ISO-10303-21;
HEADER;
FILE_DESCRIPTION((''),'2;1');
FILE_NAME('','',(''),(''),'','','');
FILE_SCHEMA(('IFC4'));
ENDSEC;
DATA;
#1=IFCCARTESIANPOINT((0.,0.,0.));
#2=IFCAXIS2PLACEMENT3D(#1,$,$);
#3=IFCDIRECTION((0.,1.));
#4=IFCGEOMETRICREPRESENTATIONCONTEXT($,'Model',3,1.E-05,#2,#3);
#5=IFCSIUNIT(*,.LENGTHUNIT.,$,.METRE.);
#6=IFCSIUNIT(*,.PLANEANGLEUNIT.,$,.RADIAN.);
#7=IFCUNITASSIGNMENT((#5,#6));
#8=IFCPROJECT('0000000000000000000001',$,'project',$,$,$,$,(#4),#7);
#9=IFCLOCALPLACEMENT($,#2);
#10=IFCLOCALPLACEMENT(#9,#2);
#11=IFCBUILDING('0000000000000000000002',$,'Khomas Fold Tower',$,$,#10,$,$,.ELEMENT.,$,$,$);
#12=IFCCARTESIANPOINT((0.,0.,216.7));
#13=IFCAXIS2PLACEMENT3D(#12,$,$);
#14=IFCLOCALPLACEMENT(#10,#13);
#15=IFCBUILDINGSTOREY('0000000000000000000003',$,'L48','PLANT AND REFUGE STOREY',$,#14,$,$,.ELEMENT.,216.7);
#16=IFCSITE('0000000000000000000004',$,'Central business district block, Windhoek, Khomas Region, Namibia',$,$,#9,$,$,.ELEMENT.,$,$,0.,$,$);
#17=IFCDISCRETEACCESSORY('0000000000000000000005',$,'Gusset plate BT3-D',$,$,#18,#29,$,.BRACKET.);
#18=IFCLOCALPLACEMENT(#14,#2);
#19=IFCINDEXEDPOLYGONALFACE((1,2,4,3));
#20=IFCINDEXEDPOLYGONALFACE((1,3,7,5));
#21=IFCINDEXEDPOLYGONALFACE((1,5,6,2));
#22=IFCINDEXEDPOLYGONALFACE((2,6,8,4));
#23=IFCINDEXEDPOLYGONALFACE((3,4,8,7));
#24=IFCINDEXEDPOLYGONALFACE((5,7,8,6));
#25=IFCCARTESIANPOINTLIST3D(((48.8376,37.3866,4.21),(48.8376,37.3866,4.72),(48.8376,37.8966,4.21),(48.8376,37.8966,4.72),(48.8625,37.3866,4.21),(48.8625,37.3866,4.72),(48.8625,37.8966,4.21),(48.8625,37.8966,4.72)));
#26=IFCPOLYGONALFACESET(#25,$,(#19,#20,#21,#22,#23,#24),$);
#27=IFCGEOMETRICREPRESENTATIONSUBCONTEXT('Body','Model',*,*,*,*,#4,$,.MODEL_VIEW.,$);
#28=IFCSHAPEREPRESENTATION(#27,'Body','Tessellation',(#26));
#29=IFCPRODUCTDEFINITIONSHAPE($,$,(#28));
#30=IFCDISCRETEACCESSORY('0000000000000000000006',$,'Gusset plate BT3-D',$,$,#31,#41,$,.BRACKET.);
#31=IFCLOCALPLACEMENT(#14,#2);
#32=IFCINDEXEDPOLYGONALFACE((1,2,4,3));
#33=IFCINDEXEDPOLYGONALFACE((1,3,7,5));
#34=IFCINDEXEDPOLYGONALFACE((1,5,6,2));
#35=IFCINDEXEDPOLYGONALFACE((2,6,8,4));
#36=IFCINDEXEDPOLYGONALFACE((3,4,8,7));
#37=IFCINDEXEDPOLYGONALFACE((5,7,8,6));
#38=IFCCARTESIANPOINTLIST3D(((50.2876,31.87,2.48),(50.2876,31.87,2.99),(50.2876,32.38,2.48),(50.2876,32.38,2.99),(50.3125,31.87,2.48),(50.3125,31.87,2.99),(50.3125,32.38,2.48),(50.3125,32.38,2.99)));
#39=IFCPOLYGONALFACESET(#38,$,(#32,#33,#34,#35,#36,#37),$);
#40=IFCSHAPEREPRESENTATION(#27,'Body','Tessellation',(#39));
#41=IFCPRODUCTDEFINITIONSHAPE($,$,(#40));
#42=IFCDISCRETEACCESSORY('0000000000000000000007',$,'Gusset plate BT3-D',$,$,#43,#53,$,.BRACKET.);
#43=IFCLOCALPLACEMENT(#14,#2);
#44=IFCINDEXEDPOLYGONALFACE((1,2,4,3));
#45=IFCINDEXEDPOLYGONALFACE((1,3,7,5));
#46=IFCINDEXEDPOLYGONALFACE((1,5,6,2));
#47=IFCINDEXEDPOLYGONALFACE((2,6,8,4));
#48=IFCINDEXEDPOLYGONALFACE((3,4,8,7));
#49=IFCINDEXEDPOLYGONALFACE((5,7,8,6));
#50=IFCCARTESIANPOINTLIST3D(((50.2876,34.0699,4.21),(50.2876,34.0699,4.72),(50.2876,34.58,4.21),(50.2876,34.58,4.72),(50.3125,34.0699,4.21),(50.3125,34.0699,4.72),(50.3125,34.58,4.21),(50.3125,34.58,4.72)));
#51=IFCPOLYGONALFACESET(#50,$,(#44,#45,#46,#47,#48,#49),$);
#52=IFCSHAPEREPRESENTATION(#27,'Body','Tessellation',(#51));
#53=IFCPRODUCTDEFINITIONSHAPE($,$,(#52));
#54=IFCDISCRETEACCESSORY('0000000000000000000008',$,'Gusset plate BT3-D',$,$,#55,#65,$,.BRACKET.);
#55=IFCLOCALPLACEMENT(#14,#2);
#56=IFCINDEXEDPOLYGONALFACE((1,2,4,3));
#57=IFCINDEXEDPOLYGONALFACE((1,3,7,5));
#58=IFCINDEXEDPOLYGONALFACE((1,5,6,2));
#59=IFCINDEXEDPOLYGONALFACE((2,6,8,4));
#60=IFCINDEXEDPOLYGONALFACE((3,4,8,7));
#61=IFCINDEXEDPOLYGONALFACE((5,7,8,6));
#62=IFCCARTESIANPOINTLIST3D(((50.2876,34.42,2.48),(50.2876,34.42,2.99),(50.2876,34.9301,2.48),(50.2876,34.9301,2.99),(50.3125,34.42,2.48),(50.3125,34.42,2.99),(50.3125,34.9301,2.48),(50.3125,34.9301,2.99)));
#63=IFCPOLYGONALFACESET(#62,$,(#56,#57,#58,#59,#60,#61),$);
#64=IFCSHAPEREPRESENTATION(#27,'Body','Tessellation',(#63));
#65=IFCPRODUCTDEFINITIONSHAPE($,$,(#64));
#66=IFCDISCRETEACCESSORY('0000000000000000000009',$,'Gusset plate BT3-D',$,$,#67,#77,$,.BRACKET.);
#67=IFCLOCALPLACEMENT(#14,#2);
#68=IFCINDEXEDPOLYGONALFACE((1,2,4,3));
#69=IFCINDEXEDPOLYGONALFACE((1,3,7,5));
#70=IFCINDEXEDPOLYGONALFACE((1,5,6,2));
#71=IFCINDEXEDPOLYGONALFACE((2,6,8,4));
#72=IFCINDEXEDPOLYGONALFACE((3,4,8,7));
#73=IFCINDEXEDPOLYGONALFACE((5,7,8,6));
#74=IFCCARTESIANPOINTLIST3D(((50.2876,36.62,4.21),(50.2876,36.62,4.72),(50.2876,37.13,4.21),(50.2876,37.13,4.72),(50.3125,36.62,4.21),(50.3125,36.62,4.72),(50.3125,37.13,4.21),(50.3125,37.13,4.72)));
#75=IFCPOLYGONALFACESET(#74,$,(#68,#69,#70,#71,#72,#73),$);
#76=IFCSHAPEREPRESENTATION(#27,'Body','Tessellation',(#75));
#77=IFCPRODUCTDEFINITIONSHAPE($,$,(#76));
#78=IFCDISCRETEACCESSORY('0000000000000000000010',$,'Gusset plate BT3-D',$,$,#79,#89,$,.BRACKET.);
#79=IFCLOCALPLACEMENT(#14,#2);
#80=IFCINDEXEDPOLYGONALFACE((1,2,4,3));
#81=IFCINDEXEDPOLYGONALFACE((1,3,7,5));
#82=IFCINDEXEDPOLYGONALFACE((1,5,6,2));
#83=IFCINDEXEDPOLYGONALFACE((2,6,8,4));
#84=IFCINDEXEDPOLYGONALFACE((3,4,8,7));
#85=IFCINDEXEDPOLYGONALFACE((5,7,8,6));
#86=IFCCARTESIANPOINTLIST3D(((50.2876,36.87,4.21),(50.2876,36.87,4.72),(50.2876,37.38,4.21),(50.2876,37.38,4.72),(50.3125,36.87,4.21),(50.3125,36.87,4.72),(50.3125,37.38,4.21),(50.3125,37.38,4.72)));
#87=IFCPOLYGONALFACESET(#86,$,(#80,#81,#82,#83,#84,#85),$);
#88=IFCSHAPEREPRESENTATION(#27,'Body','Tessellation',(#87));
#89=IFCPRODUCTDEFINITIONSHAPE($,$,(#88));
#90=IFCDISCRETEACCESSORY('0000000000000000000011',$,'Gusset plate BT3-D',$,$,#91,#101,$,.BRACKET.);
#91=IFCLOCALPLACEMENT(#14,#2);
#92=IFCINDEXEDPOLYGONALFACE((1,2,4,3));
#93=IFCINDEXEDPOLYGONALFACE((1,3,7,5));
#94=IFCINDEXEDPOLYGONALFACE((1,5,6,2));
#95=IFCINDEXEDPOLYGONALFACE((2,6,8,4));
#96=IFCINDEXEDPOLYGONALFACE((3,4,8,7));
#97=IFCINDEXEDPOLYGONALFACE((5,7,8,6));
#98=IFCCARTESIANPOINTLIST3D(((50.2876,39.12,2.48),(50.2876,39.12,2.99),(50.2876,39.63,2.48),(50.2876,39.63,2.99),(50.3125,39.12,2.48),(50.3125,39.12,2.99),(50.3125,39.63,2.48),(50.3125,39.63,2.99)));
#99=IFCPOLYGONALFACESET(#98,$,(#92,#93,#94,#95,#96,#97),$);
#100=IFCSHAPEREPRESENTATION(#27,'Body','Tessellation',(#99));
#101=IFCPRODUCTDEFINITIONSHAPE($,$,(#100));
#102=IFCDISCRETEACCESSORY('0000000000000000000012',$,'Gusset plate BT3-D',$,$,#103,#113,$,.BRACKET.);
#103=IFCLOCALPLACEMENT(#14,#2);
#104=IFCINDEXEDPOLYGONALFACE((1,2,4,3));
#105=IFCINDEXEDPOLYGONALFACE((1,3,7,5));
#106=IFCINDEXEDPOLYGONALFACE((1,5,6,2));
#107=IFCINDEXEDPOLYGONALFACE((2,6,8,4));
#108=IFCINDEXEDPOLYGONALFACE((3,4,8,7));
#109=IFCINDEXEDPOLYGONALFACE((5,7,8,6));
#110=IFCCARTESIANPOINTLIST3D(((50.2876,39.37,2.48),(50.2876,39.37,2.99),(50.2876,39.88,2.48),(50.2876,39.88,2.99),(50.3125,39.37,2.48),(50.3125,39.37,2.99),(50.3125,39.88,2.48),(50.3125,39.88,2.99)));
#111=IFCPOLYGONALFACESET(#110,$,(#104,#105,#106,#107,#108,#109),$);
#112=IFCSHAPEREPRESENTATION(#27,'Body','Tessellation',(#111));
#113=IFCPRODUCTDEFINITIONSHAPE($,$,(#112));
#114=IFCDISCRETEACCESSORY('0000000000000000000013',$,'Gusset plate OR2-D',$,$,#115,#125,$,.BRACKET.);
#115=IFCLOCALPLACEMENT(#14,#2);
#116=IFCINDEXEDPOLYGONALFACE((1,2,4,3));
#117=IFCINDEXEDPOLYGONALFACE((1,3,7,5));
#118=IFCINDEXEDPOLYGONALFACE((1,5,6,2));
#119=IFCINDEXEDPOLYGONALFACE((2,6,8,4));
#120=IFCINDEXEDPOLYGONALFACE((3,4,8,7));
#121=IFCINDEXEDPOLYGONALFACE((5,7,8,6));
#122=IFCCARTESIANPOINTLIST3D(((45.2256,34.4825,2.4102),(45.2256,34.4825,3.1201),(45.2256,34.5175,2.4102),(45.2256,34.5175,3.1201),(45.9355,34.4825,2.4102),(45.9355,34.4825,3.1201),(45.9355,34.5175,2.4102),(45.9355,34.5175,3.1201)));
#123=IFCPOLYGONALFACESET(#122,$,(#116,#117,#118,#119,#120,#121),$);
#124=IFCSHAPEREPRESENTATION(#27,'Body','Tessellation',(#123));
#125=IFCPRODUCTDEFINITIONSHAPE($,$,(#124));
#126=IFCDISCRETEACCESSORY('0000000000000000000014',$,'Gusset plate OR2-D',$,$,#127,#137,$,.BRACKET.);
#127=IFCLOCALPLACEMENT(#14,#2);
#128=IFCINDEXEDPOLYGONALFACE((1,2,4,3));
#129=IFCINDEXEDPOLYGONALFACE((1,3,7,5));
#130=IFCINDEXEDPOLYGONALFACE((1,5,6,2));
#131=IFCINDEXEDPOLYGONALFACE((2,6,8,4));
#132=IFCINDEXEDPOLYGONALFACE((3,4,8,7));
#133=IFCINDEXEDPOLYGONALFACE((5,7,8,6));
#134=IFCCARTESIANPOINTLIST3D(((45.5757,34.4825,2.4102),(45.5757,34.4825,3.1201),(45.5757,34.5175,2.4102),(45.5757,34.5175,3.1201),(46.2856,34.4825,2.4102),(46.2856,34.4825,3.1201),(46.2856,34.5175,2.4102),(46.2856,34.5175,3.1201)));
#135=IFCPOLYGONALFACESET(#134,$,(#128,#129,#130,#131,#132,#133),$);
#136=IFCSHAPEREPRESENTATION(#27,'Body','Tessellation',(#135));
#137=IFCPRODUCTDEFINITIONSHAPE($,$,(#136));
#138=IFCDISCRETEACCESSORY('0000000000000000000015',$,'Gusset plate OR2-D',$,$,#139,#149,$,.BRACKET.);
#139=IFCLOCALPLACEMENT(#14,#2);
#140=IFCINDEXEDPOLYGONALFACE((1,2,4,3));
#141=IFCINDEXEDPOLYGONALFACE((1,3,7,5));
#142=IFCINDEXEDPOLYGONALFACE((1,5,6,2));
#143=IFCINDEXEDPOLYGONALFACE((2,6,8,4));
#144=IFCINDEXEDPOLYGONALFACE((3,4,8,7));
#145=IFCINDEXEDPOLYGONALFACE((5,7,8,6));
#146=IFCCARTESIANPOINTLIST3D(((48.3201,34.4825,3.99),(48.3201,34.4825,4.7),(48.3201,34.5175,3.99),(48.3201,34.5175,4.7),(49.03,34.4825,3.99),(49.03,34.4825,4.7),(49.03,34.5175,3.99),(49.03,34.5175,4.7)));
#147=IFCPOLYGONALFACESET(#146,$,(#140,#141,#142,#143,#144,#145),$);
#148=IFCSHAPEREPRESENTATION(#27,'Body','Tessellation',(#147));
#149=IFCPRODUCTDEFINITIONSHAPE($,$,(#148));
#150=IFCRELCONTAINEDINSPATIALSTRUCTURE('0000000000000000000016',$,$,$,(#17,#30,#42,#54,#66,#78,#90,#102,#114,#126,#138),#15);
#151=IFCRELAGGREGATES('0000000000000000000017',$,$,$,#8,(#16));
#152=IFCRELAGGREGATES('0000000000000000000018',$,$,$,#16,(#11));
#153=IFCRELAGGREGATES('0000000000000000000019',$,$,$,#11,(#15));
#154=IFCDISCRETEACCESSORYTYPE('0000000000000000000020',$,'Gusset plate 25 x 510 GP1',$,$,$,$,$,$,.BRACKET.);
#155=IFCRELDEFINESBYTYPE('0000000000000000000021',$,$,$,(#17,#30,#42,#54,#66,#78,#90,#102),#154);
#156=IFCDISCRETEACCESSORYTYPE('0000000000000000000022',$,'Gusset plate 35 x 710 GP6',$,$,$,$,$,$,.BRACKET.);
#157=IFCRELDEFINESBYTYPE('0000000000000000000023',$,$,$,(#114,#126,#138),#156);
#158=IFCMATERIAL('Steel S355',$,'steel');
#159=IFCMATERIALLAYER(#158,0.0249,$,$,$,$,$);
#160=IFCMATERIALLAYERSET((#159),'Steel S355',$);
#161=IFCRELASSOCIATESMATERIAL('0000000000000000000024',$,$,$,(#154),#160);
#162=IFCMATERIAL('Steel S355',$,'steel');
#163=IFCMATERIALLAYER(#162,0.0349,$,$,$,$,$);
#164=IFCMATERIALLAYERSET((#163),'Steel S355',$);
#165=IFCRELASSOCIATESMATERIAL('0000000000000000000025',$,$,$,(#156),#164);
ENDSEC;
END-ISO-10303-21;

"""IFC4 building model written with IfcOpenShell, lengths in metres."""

from ifc_helpers import new_model, si_unit, direction, frame, origin, origin_2d, place, context, subcontext, project, spatial, rectangle, extrude, source, transform, mapped, material, layer, layer_set, type_object, element, save


model = new_model("IFC4")

# Units and contexts
model_context = context("Model", 3, precision=1e-05, world=origin(), true_north=direction((0.0, 1.0)))
body_context = subcontext(model_context, "Body", "Model", "MODEL_VIEW")
ifc_project = project(units=[si_unit("LENGTHUNIT", "METRE"), si_unit("PLANEANGLEUNIT", "RADIAN")], contexts=[model_context])

# Site, building, storey
site_placement = place(None, origin())
site = spatial("IfcSite", under=ifc_project, at=site_placement, Name="Central business district block, Windhoek, Khomas Region, Namibia", CompositionType="ELEMENT", RefElevation=0.0)
building_placement = place(site_placement, origin())
building = spatial("IfcBuilding", under=site, at=building_placement, Name="Khomas Fold Tower", CompositionType="ELEMENT")
storey_placement = place(building_placement, frame((0.0, 0.0, 216.7)))
storey = spatial("IfcBuildingStorey", under=building, at=storey_placement, Name="L48", Description="PLANT AND REFUGE STOREY", CompositionType="ELEMENT", Elevation=216.7)

# Discrete accessories
ifc_material_1 = material(Name="Steel S355", Category="steel")
ifc_layer_1 = layer(ifc_material_1, 0.0249)
ifc_layer_set_1 = layer_set([ifc_layer_1], Name="Steel S355")
discrete_accessory_type_1 = type_object("IfcDiscreteAccessoryType", Name="Gusset plate 25 x 510 GP1", PredefinedType="BRACKET", material=ifc_layer_set_1)
shared_shape_1 = source(origin(), body_context, "Body", "SweptSolid", [
    extrude(rectangle(XDim=0.51, YDim=0.0249, at=origin_2d()), origin(), (0.0, 0.0, 1.0), 0.51),
])
for number, where, z_axis, x_axis, name in (
    (1, (48.8501, 37.6416, 4.21), (0.0, 0.0, 1.0), (0.0, 1.0, 0.0), "Gusset plate BT3-D"),
    (2, (50.3, 32.125, 2.48), (0.0, 0.0, 1.0), (0.0, 1.0, 0.0), "Gusset plate BT3-D"),
    (3, (50.3, 34.325, 4.21), (0.0, 0.0, 1.0), (0.0, 1.0, 0.0), "Gusset plate BT3-D"),
    (4, (50.3, 34.675, 2.48), (0.0, 0.0, 1.0), (0.0, 1.0, 0.0), "Gusset plate BT3-D"),
    (5, (50.3, 36.875, 4.21), (0.0, 0.0, 1.0), (0.0, 1.0, 0.0), "Gusset plate BT3-D"),
    (6, (50.3, 37.125, 4.21), (0.0, 0.0, 1.0), (0.0, 1.0, 0.0), "Gusset plate BT3-D"),
    (7, (50.3, 39.375, 2.48), (0.0, 0.0, 1.0), (0.0, 1.0, 0.0), "Gusset plate BT3-D"),
    (8, (50.3, 39.625, 2.48), (0.0, 0.0, 1.0), (0.0, 1.0, 0.0), "Gusset plate BT3-D"),
):
    element("IfcDiscreteAccessory", number, at=place(storey_placement, frame(where, z_axis=z_axis, x_axis=x_axis)), inside=storey, type_object=discrete_accessory_type_1, Name=name, PredefinedType="BRACKET", context=body_context, shape_type="MappedRepresentation", body=[
        mapped(shared_shape_1, transform((0.0, 0.0, 0.0))),
    ])
ifc_material_2 = material(Name="Steel S355", Category="steel")
ifc_layer_2 = layer(ifc_material_2, 0.0349)
ifc_layer_set_2 = layer_set([ifc_layer_2], Name="Steel S355")
discrete_accessory_type_2 = type_object("IfcDiscreteAccessoryType", Name="Gusset plate 35 x 710 GP6", PredefinedType="BRACKET", material=ifc_layer_set_2)
shared_shape_2 = source(origin(), body_context, "Body", "SweptSolid", [
    extrude(rectangle(XDim=0.71, YDim=0.0349, at=origin_2d()), origin(), (0.0, 0.0, 1.0), 0.71),
])
for number, where, z_axis, x_axis, name in (
    (9, (45.5806, 34.5, 2.4102), (0.0, 0.0, 1.0), (1.0, 0.0, 0.0), "Gusset plate OR2-D"),
    (10, (45.9307, 34.5, 2.4102), (0.0, 0.0, 1.0), (1.0, 0.0, 0.0), "Gusset plate OR2-D"),
    (11, (48.675, 34.5, 3.99), (0.0, 0.0, 1.0), (1.0, 0.0, 0.0), "Gusset plate OR2-D"),
):
    element("IfcDiscreteAccessory", number, at=place(storey_placement, frame(where, z_axis=z_axis, x_axis=x_axis)), inside=storey, type_object=discrete_accessory_type_2, Name=name, PredefinedType="BRACKET", context=body_context, shape_type="MappedRepresentation", body=[
        mapped(shared_shape_2, transform((0.0, 0.0, 0.0))),
    ])

save(model, "model.ifc")
